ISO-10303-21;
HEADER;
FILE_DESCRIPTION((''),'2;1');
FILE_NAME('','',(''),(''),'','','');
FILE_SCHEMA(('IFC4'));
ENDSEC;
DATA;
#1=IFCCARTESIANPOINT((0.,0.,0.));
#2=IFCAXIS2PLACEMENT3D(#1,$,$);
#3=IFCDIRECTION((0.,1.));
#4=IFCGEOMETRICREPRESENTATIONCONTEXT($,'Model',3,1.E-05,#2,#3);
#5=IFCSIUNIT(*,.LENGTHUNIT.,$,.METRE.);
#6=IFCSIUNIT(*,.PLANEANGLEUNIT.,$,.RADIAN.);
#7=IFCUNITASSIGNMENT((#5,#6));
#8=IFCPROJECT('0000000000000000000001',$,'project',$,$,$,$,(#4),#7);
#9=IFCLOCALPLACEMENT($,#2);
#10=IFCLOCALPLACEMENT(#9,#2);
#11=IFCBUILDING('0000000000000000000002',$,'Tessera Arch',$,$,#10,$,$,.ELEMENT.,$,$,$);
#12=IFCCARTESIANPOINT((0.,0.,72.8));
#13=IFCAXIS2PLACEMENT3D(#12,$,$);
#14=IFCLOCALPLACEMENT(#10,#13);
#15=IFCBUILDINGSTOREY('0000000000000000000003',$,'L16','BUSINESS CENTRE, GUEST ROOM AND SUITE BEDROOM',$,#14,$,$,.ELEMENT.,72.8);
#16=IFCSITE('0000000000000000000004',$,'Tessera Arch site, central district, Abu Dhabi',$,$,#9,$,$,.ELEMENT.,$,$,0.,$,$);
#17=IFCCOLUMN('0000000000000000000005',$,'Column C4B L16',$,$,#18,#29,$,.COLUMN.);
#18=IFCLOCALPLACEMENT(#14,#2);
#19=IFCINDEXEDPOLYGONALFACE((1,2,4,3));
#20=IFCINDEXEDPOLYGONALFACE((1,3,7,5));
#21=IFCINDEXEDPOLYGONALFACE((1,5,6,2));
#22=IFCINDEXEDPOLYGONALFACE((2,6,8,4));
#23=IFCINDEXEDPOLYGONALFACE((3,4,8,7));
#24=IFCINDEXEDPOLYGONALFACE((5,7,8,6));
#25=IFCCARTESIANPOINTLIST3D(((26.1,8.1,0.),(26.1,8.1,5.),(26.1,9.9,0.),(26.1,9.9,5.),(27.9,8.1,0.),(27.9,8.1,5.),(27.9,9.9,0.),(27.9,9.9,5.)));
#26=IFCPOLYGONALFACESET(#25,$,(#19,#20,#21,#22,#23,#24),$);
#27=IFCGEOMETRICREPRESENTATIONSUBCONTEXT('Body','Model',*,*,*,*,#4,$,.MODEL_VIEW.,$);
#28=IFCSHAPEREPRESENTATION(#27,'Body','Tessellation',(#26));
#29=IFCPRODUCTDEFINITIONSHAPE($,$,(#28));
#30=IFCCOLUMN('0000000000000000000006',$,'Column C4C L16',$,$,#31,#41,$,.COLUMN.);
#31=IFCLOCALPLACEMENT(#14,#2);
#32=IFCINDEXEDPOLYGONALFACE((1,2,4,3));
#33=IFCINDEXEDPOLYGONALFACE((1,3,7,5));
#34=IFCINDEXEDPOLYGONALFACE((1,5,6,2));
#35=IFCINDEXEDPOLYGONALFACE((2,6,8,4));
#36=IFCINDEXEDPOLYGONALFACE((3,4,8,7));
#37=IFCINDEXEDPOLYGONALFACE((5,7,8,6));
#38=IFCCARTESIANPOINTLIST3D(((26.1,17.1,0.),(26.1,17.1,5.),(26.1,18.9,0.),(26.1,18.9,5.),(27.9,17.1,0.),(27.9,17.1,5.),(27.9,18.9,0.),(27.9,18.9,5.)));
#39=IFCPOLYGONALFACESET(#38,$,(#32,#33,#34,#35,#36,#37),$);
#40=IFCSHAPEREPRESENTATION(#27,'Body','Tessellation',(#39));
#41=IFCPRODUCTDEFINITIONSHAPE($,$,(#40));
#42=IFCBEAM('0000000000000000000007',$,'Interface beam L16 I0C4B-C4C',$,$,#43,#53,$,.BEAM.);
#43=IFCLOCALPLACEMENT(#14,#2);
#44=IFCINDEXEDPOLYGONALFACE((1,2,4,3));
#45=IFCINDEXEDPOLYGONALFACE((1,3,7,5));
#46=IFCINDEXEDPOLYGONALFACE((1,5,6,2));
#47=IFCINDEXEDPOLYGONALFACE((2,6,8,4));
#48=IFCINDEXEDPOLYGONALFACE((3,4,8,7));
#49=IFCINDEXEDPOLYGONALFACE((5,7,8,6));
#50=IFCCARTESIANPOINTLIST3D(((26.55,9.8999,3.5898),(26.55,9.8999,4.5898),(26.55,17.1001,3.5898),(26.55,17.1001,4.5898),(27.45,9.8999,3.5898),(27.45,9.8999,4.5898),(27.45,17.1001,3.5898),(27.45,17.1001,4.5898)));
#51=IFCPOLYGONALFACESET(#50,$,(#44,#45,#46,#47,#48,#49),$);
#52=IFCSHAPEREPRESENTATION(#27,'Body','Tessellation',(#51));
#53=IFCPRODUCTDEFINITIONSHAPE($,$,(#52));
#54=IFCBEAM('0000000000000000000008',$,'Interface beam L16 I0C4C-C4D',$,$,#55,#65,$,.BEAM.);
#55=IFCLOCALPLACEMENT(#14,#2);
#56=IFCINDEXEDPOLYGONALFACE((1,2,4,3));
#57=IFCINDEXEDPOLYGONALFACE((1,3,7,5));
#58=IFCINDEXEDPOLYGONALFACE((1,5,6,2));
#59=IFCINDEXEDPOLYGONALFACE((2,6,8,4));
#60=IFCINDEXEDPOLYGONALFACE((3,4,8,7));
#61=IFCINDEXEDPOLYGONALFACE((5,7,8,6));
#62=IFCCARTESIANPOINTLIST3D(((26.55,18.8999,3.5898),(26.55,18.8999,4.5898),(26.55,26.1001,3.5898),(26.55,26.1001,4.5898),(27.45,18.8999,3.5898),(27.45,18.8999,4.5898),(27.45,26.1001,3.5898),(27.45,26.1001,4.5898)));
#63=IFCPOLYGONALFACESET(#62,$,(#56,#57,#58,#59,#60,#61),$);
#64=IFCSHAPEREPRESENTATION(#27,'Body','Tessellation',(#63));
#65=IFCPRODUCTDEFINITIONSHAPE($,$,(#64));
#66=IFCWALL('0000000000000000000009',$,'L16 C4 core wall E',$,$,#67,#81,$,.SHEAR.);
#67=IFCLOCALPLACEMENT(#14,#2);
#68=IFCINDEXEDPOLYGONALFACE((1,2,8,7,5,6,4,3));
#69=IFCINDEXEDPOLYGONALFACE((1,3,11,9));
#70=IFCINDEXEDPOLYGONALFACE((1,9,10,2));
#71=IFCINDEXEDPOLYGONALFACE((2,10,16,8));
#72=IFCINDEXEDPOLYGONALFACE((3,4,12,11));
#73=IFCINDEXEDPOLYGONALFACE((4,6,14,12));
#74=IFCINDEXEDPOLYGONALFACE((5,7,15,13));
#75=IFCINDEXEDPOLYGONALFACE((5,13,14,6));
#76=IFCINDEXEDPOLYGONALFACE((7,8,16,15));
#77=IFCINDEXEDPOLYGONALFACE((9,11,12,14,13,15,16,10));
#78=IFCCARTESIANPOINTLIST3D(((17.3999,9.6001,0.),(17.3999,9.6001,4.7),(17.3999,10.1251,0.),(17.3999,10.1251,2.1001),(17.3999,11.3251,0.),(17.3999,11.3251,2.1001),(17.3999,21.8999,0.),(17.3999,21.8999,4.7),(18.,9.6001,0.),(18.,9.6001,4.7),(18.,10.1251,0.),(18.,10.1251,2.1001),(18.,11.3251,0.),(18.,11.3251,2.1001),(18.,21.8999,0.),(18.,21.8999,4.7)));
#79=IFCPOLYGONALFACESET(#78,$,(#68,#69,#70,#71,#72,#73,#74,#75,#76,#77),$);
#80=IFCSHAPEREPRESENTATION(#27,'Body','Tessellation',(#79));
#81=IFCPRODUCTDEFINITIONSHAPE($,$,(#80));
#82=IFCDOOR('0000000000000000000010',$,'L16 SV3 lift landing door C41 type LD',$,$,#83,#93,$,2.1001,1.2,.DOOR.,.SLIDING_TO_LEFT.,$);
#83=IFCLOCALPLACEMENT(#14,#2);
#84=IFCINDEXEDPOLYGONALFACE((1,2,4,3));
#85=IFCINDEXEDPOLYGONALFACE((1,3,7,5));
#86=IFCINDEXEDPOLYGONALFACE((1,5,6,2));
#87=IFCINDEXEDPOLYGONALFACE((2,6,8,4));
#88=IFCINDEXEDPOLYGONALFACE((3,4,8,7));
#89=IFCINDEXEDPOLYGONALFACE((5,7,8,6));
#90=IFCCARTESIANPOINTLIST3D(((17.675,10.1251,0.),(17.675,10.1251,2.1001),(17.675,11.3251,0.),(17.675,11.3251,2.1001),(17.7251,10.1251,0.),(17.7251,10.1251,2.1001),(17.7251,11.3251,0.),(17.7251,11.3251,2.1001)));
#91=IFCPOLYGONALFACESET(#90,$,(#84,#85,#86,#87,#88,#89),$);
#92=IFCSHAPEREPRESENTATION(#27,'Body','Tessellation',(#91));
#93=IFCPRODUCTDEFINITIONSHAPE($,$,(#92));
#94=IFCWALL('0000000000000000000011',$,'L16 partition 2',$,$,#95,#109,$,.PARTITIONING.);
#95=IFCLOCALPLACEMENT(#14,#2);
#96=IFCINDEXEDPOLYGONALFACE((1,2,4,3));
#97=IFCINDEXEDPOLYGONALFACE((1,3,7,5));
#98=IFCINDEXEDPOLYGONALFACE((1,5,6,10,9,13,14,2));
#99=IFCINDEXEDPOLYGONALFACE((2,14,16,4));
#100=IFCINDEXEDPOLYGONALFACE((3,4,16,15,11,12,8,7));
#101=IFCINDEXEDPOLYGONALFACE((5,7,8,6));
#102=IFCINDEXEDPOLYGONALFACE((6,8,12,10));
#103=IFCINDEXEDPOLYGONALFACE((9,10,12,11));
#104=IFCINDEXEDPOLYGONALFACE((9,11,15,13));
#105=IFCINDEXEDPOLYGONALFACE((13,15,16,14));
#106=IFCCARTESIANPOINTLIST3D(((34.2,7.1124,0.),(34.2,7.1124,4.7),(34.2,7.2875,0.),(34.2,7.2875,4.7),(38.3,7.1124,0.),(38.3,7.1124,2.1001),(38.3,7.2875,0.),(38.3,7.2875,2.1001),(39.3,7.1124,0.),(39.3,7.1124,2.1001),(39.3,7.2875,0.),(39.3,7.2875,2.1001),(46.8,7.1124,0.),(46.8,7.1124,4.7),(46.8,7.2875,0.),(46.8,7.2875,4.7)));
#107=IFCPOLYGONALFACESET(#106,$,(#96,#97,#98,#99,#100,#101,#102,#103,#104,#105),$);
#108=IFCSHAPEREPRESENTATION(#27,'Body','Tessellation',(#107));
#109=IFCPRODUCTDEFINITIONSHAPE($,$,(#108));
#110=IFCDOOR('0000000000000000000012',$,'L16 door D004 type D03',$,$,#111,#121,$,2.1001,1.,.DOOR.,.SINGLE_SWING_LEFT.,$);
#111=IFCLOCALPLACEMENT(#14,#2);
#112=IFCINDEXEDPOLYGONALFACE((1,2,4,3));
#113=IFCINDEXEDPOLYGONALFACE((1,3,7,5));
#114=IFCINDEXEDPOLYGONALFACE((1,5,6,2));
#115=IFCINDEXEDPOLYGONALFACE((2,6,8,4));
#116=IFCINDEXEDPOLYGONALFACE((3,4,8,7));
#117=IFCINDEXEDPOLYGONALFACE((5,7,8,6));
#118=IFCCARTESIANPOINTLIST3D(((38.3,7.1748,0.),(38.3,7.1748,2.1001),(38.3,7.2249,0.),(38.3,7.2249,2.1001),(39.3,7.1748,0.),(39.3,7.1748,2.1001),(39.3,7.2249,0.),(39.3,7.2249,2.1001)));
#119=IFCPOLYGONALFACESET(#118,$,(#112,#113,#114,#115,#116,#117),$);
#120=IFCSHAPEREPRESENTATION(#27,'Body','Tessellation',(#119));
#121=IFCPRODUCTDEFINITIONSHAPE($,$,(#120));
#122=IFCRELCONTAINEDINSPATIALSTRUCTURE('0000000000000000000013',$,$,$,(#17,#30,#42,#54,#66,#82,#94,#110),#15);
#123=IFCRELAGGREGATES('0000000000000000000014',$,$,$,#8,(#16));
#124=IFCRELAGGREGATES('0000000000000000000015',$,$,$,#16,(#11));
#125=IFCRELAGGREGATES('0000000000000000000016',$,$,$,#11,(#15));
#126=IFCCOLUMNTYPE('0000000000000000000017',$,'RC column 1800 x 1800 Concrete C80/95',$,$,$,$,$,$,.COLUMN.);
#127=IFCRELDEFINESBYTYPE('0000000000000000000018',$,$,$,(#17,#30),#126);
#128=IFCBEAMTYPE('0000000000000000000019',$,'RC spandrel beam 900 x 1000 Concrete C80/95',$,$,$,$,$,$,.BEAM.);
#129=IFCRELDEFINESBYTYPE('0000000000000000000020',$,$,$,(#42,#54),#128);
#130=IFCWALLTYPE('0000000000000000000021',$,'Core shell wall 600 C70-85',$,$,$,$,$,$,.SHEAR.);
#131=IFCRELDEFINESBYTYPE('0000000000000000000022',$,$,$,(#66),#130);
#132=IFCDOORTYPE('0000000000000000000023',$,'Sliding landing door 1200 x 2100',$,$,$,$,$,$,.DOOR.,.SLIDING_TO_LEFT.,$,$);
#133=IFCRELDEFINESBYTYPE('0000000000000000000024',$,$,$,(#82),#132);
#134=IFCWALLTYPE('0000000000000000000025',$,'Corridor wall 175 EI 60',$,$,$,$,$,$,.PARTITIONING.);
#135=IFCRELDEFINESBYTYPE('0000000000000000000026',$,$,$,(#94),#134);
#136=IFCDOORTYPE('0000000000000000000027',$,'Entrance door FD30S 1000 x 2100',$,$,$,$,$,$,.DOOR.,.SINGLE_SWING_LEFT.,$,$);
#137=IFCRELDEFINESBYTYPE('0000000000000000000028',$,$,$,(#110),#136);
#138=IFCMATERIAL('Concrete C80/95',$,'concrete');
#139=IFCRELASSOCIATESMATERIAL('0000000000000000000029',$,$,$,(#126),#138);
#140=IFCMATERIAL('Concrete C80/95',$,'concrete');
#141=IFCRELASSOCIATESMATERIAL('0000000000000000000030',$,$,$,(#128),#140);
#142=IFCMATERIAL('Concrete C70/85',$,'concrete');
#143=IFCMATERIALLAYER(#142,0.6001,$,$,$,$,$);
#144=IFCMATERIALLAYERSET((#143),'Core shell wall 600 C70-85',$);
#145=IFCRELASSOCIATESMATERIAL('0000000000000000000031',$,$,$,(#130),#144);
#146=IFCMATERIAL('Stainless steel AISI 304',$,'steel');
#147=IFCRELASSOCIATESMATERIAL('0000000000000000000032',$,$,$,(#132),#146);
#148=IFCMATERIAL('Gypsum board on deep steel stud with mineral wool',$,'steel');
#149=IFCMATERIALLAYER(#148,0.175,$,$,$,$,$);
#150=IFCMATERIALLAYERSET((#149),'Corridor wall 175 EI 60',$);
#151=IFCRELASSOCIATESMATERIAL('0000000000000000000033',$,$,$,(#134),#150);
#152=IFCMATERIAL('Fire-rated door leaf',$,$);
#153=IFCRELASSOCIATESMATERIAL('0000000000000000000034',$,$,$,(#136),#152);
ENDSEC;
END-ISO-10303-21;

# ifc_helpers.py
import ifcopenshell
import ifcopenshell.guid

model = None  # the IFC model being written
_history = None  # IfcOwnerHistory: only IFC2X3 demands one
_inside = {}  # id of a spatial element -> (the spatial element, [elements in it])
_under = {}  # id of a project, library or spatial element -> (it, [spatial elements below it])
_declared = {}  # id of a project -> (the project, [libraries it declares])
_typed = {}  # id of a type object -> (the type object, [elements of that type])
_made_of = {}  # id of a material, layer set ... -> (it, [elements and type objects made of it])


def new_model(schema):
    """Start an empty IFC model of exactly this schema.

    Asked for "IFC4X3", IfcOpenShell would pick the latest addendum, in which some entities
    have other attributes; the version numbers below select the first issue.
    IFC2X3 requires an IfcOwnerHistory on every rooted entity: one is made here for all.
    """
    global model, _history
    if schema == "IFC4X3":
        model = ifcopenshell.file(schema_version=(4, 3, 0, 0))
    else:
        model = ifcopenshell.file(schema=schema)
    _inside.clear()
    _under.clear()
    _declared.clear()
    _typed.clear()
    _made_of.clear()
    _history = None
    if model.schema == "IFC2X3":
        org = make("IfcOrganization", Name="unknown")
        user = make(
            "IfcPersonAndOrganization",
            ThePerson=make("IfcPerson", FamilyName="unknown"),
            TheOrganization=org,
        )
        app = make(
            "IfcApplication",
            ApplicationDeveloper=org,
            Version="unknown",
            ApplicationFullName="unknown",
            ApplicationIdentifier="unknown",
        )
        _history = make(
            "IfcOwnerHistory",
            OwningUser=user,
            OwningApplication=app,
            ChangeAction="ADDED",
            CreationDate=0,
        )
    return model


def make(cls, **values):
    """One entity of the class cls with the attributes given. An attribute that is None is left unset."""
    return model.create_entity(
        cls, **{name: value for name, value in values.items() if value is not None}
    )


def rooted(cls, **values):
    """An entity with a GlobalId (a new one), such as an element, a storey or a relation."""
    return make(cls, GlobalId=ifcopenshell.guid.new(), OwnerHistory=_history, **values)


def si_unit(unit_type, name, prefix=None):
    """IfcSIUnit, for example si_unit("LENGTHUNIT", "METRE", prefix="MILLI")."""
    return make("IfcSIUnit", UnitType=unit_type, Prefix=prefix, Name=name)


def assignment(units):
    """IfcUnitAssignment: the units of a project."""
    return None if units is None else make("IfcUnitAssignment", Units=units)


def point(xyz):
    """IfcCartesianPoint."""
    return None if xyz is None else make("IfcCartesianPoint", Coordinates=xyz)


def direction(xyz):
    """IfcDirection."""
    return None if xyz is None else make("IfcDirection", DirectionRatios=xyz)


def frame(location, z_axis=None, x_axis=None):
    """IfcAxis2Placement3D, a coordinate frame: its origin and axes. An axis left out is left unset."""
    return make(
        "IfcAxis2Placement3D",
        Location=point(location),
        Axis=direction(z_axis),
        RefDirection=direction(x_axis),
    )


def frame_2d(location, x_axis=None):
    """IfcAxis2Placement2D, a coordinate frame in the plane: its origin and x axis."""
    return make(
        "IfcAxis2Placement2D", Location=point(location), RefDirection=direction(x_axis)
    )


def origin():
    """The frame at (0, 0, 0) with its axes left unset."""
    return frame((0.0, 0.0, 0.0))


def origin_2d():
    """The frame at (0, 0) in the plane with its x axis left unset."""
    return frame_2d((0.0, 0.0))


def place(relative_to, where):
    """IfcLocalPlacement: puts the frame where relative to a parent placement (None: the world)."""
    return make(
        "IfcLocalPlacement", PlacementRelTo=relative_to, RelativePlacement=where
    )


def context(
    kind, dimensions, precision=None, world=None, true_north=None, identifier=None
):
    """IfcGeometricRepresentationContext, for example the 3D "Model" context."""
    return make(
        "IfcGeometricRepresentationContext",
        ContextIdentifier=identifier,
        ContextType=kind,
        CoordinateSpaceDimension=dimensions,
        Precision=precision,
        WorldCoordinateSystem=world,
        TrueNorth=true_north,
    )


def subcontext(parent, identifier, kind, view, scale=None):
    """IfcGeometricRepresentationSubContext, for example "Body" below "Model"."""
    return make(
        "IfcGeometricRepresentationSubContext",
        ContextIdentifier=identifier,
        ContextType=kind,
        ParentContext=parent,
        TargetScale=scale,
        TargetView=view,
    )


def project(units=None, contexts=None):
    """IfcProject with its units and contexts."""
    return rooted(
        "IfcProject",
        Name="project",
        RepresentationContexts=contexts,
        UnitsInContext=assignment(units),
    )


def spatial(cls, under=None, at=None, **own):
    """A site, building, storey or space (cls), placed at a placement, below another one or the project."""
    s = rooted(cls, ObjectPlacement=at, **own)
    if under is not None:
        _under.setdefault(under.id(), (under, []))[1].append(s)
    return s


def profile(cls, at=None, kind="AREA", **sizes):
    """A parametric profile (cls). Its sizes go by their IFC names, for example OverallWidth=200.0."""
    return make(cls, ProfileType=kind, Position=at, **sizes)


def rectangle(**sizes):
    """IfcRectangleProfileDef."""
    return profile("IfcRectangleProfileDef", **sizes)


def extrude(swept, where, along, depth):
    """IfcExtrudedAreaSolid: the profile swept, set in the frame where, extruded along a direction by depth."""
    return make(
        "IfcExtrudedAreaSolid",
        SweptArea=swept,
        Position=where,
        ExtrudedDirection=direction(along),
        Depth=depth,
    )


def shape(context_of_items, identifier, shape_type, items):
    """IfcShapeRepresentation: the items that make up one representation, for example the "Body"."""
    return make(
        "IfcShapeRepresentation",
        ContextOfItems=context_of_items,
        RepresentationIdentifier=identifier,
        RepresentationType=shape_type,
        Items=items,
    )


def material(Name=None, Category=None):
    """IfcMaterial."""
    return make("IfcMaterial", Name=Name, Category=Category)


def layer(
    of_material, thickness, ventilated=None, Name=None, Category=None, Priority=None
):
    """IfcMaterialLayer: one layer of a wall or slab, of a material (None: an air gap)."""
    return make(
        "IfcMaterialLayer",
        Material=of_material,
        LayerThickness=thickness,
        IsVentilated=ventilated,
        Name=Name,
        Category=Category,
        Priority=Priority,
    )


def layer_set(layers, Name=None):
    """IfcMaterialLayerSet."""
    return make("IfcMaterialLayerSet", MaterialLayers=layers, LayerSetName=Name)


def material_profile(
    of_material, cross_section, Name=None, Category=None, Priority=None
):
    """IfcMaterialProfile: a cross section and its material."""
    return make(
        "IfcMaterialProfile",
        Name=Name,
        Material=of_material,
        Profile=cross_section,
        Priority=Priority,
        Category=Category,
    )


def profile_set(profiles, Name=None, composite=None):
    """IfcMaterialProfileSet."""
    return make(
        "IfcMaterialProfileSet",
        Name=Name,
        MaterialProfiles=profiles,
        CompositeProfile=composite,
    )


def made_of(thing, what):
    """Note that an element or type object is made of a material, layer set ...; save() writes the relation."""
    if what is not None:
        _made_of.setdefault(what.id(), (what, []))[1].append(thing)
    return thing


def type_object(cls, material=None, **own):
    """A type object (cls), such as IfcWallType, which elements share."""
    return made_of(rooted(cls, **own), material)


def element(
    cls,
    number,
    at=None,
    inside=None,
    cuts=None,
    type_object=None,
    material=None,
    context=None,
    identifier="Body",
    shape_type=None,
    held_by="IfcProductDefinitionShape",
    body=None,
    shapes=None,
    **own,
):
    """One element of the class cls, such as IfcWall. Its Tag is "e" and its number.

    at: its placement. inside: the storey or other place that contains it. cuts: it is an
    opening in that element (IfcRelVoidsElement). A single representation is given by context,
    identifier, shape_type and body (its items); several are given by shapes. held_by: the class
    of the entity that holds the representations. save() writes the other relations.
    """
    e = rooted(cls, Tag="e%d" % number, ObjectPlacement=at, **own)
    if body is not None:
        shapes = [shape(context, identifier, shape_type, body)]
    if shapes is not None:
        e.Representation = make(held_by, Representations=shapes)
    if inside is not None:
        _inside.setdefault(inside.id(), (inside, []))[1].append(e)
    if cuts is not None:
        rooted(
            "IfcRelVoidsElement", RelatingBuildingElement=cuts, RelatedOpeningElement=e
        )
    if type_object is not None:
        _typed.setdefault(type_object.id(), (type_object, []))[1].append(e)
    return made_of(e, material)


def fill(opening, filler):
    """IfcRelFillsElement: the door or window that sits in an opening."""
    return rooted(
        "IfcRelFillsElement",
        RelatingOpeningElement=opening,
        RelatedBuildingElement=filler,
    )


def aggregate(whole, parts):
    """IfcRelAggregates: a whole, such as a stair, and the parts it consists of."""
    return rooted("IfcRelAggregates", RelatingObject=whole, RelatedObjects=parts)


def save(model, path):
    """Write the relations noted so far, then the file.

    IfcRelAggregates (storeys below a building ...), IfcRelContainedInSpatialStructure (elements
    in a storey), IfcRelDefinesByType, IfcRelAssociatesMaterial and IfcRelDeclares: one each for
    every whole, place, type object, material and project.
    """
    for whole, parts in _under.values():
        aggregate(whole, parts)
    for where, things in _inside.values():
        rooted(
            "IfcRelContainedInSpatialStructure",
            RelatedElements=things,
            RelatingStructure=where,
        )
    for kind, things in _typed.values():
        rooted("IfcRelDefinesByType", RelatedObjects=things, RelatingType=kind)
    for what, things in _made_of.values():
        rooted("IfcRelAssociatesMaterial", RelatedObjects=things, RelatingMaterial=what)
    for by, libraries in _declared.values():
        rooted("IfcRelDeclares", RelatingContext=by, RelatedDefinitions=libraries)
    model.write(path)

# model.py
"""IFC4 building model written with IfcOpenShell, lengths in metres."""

from ifc_helpers import new_model, si_unit, direction, frame, frame_2d, origin, origin_2d, place, context, subcontext, project, spatial, rectangle, extrude, material, layer, layer_set, material_profile, profile_set, type_object, element, fill, save


model = new_model("IFC4")

# Units and contexts
model_context = context("Model", 3, precision=1e-05, world=origin(), true_north=direction((0.0, 1.0)))
body_context = subcontext(model_context, "Body", "Model", "MODEL_VIEW")
ifc_project = project(units=[si_unit("LENGTHUNIT", "METRE"), si_unit("PLANEANGLEUNIT", "RADIAN")], contexts=[model_context])

# Site, building, storey
site_placement = place(None, origin())
site = spatial("IfcSite", under=ifc_project, at=site_placement, Name="Tessera Arch site, central district, Abu Dhabi", CompositionType="ELEMENT", RefElevation=0.0)
building_placement = place(site_placement, origin())
building = spatial("IfcBuilding", under=site, at=building_placement, Name="Tessera Arch", CompositionType="ELEMENT")
storey_placement = place(building_placement, frame((0.0, 0.0, 72.8)))
storey = spatial("IfcBuildingStorey", under=building, at=storey_placement, Name="L16", Description="BUSINESS CENTRE, GUEST ROOM AND SUITE BEDROOM", CompositionType="ELEMENT", Elevation=72.8)

# Columns
ifc_material_1 = material(Name="Concrete C80/95", Category="concrete")
ifc_material_profile_1 = material_profile(ifc_material_1, rectangle(XDim=1.8, YDim=1.8, at=origin_2d()), Name="RC column 1800 x 1800 Concrete C80/95")
ifc_profile_set_1 = profile_set([ifc_material_profile_1], Name="Concrete C80/95")
column_type = type_object("IfcColumnType", Name="RC column 1800 x 1800 Concrete C80/95", PredefinedType="COLUMN", material=ifc_profile_set_1)
for number, where, z_axis, x_axis, name in (
    (1, (27.0, 9.0, 0.0), (0.0, 0.0, 1.0), (1.0, 0.0, 0.0), "Column C4B L16"),
    (2, (27.0, 18.0, 0.0), (0.0, 0.0, 1.0), (1.0, 0.0, 0.0), "Column C4C L16"),
):
    element("IfcColumn", number, at=place(storey_placement, frame(where, z_axis=z_axis, x_axis=x_axis)), inside=storey, type_object=column_type, Name=name, PredefinedType="COLUMN", context=body_context, shape_type="SweptSolid", body=[
        extrude(rectangle(XDim=1.8, YDim=1.8, at=origin_2d()), origin(), (0.0, 0.0, 1.0), 5.0),
    ])

# Beams
ifc_material_2 = material(Name="Concrete C80/95", Category="concrete")
ifc_material_profile_2 = material_profile(ifc_material_2, rectangle(XDim=0.8999, YDim=1.0, at=origin_2d()), Name="RC spandrel beam 900 x 1000 Concrete C80/95")
ifc_profile_set_2 = profile_set([ifc_material_profile_2], Name="Concrete C80/95")
beam_type = type_object("IfcBeamType", Name="RC spandrel beam 900 x 1000 Concrete C80/95", PredefinedType="BEAM", material=ifc_profile_set_2)
for number, where, z_axis, x_axis, name in (
    (3, (27.0, 9.8999, 4.0898), (0.0, 1.0, 0.0), (-1.0, 0.0, 0.0), "Interface beam L16 I0C4B-C4C"),
    (4, (27.0, 18.8999, 4.0898), (0.0, 1.0, 0.0), (-1.0, 0.0, 0.0), "Interface beam L16 I0C4C-C4D"),
):
    element("IfcBeam", number, at=place(storey_placement, frame(where, z_axis=z_axis, x_axis=x_axis)), inside=storey, type_object=beam_type, Name=name, PredefinedType="BEAM", context=body_context, shape_type="SweptSolid", body=[
        extrude(rectangle(XDim=0.8999, YDim=1.0, at=origin_2d()), origin(), (0.0, 0.0, 1.0), 7.2002),
    ])

# Walls, openings, doors
ifc_material_3 = material(Name="Concrete C70/85", Category="concrete")
ifc_layer_1 = layer(ifc_material_3, 0.6001)
ifc_layer_set_1 = layer_set([ifc_layer_1], Name="Core shell wall 600 C70-85")
wall_type_1 = type_object("IfcWallType", Name="Core shell wall 600 C70-85", PredefinedType="SHEAR", material=ifc_layer_set_1)
wall_1_placement = place(storey_placement, frame((17.7, 9.6001, 0.0), z_axis=(0.0, 0.0, 1.0), x_axis=(0.0, 1.0, 0.0)))
wall_1 = element("IfcWall", 5, at=wall_1_placement, inside=storey, type_object=wall_type_1, Name="L16 C4 core wall E", PredefinedType="SHEAR", context=body_context, shape_type="SweptSolid", body=[
    extrude(rectangle(XDim=12.2998, YDim=0.6001, at=frame_2d((6.1499, 0.0))), origin(), (0.0, 0.0, 1.0), 4.7),
])
opening_1_placement = place(wall_1_placement, frame((0.5249, 0.0, 0.0)))
opening_1 = element("IfcOpeningElement", 6, at=opening_1_placement, cuts=wall_1, PredefinedType="OPENING", context=body_context, shape_type="SweptSolid", body=[
    extrude(rectangle(XDim=1.2, YDim=2.1001, at=frame_2d((0.6001, 1.05))), frame((0.0, 0.3101, 0.0), z_axis=(0.0, -1.0, 0.0), x_axis=(1.0, 0.0, 0.0)), (0.0, 0.0, 1.0), 0.6201),
])
ifc_material_4 = material(Name="Stainless steel AISI 304", Category="steel")
door_type_1 = type_object("IfcDoorType", Name="Sliding landing door 1200 x 2100", OperationType="SLIDING_TO_LEFT", PredefinedType="DOOR", material=ifc_material_4)
door_1_placement = place(opening_1_placement, origin())
door_1 = element("IfcDoor", 7, at=door_1_placement, inside=storey, type_object=door_type_1, Name="L16 SV3 lift landing door C41 type LD", OperationType="SLIDING_TO_LEFT", OverallHeight=2.1001, OverallWidth=1.2, PredefinedType="DOOR", context=body_context, shape_type="SweptSolid", body=[
    extrude(rectangle(XDim=1.2, YDim=2.1001, at=frame_2d((0.6001, 1.05))), frame((0.0, 0.0249, 0.0), z_axis=(0.0, -1.0, 0.0), x_axis=(1.0, 0.0, 0.0)), (0.0, 0.0, 1.0), 0.05),
])
fill(opening_1, door_1)
ifc_material_5 = material(Name="Gypsum board on deep steel stud with mineral wool", Category="steel")
ifc_layer_2 = layer(ifc_material_5, 0.175)
ifc_layer_set_2 = layer_set([ifc_layer_2], Name="Corridor wall 175 EI 60")
wall_type_2 = type_object("IfcWallType", Name="Corridor wall 175 EI 60", PredefinedType="PARTITIONING", material=ifc_layer_set_2)
wall_2_placement = place(storey_placement, frame((34.2, 7.2, 0.0), z_axis=(0.0, 0.0, 1.0), x_axis=(1.0, 0.0, 0.0)))
wall_2 = element("IfcWall", 8, at=wall_2_placement, inside=storey, type_object=wall_type_2, Name="L16 partition 2", PredefinedType="PARTITIONING", context=body_context, shape_type="SweptSolid", body=[
    extrude(rectangle(XDim=12.6001, YDim=0.175, at=frame_2d((6.3, 0.0))), origin(), (0.0, 0.0, 1.0), 4.7),
])
opening_2_placement = place(wall_2_placement, frame((4.1001, 0.0, 0.0)))
opening_2 = element("IfcOpeningElement", 9, at=opening_2_placement, cuts=wall_2, PredefinedType="OPENING", context=body_context, shape_type="SweptSolid", body=[
    extrude(rectangle(XDim=1.0, YDim=2.1001, at=frame_2d((0.5, 1.05))), frame((0.0, 0.0974, 0.0), z_axis=(0.0, -1.0, 0.0), x_axis=(1.0, 0.0, 0.0)), (0.0, 0.0, 1.0), 0.1951),
])
ifc_material_6 = material(Name="Fire-rated door leaf")
door_type_2 = type_object("IfcDoorType", Name="Entrance door FD30S 1000 x 2100", OperationType="SINGLE_SWING_LEFT", PredefinedType="DOOR", material=ifc_material_6)
door_2_placement = place(opening_2_placement, origin())
door_2 = element("IfcDoor", 10, at=door_2_placement, inside=storey, type_object=door_type_2, Name="L16 door D004 type D03", OperationType="SINGLE_SWING_LEFT", OverallHeight=2.1001, OverallWidth=1.0, PredefinedType="DOOR", context=body_context, shape_type="SweptSolid", body=[
    extrude(rectangle(XDim=1.0, YDim=2.1001, at=frame_2d((0.5, 1.05))), frame((0.0, 0.0249, 0.0), z_axis=(0.0, -1.0, 0.0), x_axis=(1.0, 0.0, 0.0)), (0.0, 0.0, 1.0), 0.05),
])
fill(opening_2, door_2)

save(model, "model.ifc")
